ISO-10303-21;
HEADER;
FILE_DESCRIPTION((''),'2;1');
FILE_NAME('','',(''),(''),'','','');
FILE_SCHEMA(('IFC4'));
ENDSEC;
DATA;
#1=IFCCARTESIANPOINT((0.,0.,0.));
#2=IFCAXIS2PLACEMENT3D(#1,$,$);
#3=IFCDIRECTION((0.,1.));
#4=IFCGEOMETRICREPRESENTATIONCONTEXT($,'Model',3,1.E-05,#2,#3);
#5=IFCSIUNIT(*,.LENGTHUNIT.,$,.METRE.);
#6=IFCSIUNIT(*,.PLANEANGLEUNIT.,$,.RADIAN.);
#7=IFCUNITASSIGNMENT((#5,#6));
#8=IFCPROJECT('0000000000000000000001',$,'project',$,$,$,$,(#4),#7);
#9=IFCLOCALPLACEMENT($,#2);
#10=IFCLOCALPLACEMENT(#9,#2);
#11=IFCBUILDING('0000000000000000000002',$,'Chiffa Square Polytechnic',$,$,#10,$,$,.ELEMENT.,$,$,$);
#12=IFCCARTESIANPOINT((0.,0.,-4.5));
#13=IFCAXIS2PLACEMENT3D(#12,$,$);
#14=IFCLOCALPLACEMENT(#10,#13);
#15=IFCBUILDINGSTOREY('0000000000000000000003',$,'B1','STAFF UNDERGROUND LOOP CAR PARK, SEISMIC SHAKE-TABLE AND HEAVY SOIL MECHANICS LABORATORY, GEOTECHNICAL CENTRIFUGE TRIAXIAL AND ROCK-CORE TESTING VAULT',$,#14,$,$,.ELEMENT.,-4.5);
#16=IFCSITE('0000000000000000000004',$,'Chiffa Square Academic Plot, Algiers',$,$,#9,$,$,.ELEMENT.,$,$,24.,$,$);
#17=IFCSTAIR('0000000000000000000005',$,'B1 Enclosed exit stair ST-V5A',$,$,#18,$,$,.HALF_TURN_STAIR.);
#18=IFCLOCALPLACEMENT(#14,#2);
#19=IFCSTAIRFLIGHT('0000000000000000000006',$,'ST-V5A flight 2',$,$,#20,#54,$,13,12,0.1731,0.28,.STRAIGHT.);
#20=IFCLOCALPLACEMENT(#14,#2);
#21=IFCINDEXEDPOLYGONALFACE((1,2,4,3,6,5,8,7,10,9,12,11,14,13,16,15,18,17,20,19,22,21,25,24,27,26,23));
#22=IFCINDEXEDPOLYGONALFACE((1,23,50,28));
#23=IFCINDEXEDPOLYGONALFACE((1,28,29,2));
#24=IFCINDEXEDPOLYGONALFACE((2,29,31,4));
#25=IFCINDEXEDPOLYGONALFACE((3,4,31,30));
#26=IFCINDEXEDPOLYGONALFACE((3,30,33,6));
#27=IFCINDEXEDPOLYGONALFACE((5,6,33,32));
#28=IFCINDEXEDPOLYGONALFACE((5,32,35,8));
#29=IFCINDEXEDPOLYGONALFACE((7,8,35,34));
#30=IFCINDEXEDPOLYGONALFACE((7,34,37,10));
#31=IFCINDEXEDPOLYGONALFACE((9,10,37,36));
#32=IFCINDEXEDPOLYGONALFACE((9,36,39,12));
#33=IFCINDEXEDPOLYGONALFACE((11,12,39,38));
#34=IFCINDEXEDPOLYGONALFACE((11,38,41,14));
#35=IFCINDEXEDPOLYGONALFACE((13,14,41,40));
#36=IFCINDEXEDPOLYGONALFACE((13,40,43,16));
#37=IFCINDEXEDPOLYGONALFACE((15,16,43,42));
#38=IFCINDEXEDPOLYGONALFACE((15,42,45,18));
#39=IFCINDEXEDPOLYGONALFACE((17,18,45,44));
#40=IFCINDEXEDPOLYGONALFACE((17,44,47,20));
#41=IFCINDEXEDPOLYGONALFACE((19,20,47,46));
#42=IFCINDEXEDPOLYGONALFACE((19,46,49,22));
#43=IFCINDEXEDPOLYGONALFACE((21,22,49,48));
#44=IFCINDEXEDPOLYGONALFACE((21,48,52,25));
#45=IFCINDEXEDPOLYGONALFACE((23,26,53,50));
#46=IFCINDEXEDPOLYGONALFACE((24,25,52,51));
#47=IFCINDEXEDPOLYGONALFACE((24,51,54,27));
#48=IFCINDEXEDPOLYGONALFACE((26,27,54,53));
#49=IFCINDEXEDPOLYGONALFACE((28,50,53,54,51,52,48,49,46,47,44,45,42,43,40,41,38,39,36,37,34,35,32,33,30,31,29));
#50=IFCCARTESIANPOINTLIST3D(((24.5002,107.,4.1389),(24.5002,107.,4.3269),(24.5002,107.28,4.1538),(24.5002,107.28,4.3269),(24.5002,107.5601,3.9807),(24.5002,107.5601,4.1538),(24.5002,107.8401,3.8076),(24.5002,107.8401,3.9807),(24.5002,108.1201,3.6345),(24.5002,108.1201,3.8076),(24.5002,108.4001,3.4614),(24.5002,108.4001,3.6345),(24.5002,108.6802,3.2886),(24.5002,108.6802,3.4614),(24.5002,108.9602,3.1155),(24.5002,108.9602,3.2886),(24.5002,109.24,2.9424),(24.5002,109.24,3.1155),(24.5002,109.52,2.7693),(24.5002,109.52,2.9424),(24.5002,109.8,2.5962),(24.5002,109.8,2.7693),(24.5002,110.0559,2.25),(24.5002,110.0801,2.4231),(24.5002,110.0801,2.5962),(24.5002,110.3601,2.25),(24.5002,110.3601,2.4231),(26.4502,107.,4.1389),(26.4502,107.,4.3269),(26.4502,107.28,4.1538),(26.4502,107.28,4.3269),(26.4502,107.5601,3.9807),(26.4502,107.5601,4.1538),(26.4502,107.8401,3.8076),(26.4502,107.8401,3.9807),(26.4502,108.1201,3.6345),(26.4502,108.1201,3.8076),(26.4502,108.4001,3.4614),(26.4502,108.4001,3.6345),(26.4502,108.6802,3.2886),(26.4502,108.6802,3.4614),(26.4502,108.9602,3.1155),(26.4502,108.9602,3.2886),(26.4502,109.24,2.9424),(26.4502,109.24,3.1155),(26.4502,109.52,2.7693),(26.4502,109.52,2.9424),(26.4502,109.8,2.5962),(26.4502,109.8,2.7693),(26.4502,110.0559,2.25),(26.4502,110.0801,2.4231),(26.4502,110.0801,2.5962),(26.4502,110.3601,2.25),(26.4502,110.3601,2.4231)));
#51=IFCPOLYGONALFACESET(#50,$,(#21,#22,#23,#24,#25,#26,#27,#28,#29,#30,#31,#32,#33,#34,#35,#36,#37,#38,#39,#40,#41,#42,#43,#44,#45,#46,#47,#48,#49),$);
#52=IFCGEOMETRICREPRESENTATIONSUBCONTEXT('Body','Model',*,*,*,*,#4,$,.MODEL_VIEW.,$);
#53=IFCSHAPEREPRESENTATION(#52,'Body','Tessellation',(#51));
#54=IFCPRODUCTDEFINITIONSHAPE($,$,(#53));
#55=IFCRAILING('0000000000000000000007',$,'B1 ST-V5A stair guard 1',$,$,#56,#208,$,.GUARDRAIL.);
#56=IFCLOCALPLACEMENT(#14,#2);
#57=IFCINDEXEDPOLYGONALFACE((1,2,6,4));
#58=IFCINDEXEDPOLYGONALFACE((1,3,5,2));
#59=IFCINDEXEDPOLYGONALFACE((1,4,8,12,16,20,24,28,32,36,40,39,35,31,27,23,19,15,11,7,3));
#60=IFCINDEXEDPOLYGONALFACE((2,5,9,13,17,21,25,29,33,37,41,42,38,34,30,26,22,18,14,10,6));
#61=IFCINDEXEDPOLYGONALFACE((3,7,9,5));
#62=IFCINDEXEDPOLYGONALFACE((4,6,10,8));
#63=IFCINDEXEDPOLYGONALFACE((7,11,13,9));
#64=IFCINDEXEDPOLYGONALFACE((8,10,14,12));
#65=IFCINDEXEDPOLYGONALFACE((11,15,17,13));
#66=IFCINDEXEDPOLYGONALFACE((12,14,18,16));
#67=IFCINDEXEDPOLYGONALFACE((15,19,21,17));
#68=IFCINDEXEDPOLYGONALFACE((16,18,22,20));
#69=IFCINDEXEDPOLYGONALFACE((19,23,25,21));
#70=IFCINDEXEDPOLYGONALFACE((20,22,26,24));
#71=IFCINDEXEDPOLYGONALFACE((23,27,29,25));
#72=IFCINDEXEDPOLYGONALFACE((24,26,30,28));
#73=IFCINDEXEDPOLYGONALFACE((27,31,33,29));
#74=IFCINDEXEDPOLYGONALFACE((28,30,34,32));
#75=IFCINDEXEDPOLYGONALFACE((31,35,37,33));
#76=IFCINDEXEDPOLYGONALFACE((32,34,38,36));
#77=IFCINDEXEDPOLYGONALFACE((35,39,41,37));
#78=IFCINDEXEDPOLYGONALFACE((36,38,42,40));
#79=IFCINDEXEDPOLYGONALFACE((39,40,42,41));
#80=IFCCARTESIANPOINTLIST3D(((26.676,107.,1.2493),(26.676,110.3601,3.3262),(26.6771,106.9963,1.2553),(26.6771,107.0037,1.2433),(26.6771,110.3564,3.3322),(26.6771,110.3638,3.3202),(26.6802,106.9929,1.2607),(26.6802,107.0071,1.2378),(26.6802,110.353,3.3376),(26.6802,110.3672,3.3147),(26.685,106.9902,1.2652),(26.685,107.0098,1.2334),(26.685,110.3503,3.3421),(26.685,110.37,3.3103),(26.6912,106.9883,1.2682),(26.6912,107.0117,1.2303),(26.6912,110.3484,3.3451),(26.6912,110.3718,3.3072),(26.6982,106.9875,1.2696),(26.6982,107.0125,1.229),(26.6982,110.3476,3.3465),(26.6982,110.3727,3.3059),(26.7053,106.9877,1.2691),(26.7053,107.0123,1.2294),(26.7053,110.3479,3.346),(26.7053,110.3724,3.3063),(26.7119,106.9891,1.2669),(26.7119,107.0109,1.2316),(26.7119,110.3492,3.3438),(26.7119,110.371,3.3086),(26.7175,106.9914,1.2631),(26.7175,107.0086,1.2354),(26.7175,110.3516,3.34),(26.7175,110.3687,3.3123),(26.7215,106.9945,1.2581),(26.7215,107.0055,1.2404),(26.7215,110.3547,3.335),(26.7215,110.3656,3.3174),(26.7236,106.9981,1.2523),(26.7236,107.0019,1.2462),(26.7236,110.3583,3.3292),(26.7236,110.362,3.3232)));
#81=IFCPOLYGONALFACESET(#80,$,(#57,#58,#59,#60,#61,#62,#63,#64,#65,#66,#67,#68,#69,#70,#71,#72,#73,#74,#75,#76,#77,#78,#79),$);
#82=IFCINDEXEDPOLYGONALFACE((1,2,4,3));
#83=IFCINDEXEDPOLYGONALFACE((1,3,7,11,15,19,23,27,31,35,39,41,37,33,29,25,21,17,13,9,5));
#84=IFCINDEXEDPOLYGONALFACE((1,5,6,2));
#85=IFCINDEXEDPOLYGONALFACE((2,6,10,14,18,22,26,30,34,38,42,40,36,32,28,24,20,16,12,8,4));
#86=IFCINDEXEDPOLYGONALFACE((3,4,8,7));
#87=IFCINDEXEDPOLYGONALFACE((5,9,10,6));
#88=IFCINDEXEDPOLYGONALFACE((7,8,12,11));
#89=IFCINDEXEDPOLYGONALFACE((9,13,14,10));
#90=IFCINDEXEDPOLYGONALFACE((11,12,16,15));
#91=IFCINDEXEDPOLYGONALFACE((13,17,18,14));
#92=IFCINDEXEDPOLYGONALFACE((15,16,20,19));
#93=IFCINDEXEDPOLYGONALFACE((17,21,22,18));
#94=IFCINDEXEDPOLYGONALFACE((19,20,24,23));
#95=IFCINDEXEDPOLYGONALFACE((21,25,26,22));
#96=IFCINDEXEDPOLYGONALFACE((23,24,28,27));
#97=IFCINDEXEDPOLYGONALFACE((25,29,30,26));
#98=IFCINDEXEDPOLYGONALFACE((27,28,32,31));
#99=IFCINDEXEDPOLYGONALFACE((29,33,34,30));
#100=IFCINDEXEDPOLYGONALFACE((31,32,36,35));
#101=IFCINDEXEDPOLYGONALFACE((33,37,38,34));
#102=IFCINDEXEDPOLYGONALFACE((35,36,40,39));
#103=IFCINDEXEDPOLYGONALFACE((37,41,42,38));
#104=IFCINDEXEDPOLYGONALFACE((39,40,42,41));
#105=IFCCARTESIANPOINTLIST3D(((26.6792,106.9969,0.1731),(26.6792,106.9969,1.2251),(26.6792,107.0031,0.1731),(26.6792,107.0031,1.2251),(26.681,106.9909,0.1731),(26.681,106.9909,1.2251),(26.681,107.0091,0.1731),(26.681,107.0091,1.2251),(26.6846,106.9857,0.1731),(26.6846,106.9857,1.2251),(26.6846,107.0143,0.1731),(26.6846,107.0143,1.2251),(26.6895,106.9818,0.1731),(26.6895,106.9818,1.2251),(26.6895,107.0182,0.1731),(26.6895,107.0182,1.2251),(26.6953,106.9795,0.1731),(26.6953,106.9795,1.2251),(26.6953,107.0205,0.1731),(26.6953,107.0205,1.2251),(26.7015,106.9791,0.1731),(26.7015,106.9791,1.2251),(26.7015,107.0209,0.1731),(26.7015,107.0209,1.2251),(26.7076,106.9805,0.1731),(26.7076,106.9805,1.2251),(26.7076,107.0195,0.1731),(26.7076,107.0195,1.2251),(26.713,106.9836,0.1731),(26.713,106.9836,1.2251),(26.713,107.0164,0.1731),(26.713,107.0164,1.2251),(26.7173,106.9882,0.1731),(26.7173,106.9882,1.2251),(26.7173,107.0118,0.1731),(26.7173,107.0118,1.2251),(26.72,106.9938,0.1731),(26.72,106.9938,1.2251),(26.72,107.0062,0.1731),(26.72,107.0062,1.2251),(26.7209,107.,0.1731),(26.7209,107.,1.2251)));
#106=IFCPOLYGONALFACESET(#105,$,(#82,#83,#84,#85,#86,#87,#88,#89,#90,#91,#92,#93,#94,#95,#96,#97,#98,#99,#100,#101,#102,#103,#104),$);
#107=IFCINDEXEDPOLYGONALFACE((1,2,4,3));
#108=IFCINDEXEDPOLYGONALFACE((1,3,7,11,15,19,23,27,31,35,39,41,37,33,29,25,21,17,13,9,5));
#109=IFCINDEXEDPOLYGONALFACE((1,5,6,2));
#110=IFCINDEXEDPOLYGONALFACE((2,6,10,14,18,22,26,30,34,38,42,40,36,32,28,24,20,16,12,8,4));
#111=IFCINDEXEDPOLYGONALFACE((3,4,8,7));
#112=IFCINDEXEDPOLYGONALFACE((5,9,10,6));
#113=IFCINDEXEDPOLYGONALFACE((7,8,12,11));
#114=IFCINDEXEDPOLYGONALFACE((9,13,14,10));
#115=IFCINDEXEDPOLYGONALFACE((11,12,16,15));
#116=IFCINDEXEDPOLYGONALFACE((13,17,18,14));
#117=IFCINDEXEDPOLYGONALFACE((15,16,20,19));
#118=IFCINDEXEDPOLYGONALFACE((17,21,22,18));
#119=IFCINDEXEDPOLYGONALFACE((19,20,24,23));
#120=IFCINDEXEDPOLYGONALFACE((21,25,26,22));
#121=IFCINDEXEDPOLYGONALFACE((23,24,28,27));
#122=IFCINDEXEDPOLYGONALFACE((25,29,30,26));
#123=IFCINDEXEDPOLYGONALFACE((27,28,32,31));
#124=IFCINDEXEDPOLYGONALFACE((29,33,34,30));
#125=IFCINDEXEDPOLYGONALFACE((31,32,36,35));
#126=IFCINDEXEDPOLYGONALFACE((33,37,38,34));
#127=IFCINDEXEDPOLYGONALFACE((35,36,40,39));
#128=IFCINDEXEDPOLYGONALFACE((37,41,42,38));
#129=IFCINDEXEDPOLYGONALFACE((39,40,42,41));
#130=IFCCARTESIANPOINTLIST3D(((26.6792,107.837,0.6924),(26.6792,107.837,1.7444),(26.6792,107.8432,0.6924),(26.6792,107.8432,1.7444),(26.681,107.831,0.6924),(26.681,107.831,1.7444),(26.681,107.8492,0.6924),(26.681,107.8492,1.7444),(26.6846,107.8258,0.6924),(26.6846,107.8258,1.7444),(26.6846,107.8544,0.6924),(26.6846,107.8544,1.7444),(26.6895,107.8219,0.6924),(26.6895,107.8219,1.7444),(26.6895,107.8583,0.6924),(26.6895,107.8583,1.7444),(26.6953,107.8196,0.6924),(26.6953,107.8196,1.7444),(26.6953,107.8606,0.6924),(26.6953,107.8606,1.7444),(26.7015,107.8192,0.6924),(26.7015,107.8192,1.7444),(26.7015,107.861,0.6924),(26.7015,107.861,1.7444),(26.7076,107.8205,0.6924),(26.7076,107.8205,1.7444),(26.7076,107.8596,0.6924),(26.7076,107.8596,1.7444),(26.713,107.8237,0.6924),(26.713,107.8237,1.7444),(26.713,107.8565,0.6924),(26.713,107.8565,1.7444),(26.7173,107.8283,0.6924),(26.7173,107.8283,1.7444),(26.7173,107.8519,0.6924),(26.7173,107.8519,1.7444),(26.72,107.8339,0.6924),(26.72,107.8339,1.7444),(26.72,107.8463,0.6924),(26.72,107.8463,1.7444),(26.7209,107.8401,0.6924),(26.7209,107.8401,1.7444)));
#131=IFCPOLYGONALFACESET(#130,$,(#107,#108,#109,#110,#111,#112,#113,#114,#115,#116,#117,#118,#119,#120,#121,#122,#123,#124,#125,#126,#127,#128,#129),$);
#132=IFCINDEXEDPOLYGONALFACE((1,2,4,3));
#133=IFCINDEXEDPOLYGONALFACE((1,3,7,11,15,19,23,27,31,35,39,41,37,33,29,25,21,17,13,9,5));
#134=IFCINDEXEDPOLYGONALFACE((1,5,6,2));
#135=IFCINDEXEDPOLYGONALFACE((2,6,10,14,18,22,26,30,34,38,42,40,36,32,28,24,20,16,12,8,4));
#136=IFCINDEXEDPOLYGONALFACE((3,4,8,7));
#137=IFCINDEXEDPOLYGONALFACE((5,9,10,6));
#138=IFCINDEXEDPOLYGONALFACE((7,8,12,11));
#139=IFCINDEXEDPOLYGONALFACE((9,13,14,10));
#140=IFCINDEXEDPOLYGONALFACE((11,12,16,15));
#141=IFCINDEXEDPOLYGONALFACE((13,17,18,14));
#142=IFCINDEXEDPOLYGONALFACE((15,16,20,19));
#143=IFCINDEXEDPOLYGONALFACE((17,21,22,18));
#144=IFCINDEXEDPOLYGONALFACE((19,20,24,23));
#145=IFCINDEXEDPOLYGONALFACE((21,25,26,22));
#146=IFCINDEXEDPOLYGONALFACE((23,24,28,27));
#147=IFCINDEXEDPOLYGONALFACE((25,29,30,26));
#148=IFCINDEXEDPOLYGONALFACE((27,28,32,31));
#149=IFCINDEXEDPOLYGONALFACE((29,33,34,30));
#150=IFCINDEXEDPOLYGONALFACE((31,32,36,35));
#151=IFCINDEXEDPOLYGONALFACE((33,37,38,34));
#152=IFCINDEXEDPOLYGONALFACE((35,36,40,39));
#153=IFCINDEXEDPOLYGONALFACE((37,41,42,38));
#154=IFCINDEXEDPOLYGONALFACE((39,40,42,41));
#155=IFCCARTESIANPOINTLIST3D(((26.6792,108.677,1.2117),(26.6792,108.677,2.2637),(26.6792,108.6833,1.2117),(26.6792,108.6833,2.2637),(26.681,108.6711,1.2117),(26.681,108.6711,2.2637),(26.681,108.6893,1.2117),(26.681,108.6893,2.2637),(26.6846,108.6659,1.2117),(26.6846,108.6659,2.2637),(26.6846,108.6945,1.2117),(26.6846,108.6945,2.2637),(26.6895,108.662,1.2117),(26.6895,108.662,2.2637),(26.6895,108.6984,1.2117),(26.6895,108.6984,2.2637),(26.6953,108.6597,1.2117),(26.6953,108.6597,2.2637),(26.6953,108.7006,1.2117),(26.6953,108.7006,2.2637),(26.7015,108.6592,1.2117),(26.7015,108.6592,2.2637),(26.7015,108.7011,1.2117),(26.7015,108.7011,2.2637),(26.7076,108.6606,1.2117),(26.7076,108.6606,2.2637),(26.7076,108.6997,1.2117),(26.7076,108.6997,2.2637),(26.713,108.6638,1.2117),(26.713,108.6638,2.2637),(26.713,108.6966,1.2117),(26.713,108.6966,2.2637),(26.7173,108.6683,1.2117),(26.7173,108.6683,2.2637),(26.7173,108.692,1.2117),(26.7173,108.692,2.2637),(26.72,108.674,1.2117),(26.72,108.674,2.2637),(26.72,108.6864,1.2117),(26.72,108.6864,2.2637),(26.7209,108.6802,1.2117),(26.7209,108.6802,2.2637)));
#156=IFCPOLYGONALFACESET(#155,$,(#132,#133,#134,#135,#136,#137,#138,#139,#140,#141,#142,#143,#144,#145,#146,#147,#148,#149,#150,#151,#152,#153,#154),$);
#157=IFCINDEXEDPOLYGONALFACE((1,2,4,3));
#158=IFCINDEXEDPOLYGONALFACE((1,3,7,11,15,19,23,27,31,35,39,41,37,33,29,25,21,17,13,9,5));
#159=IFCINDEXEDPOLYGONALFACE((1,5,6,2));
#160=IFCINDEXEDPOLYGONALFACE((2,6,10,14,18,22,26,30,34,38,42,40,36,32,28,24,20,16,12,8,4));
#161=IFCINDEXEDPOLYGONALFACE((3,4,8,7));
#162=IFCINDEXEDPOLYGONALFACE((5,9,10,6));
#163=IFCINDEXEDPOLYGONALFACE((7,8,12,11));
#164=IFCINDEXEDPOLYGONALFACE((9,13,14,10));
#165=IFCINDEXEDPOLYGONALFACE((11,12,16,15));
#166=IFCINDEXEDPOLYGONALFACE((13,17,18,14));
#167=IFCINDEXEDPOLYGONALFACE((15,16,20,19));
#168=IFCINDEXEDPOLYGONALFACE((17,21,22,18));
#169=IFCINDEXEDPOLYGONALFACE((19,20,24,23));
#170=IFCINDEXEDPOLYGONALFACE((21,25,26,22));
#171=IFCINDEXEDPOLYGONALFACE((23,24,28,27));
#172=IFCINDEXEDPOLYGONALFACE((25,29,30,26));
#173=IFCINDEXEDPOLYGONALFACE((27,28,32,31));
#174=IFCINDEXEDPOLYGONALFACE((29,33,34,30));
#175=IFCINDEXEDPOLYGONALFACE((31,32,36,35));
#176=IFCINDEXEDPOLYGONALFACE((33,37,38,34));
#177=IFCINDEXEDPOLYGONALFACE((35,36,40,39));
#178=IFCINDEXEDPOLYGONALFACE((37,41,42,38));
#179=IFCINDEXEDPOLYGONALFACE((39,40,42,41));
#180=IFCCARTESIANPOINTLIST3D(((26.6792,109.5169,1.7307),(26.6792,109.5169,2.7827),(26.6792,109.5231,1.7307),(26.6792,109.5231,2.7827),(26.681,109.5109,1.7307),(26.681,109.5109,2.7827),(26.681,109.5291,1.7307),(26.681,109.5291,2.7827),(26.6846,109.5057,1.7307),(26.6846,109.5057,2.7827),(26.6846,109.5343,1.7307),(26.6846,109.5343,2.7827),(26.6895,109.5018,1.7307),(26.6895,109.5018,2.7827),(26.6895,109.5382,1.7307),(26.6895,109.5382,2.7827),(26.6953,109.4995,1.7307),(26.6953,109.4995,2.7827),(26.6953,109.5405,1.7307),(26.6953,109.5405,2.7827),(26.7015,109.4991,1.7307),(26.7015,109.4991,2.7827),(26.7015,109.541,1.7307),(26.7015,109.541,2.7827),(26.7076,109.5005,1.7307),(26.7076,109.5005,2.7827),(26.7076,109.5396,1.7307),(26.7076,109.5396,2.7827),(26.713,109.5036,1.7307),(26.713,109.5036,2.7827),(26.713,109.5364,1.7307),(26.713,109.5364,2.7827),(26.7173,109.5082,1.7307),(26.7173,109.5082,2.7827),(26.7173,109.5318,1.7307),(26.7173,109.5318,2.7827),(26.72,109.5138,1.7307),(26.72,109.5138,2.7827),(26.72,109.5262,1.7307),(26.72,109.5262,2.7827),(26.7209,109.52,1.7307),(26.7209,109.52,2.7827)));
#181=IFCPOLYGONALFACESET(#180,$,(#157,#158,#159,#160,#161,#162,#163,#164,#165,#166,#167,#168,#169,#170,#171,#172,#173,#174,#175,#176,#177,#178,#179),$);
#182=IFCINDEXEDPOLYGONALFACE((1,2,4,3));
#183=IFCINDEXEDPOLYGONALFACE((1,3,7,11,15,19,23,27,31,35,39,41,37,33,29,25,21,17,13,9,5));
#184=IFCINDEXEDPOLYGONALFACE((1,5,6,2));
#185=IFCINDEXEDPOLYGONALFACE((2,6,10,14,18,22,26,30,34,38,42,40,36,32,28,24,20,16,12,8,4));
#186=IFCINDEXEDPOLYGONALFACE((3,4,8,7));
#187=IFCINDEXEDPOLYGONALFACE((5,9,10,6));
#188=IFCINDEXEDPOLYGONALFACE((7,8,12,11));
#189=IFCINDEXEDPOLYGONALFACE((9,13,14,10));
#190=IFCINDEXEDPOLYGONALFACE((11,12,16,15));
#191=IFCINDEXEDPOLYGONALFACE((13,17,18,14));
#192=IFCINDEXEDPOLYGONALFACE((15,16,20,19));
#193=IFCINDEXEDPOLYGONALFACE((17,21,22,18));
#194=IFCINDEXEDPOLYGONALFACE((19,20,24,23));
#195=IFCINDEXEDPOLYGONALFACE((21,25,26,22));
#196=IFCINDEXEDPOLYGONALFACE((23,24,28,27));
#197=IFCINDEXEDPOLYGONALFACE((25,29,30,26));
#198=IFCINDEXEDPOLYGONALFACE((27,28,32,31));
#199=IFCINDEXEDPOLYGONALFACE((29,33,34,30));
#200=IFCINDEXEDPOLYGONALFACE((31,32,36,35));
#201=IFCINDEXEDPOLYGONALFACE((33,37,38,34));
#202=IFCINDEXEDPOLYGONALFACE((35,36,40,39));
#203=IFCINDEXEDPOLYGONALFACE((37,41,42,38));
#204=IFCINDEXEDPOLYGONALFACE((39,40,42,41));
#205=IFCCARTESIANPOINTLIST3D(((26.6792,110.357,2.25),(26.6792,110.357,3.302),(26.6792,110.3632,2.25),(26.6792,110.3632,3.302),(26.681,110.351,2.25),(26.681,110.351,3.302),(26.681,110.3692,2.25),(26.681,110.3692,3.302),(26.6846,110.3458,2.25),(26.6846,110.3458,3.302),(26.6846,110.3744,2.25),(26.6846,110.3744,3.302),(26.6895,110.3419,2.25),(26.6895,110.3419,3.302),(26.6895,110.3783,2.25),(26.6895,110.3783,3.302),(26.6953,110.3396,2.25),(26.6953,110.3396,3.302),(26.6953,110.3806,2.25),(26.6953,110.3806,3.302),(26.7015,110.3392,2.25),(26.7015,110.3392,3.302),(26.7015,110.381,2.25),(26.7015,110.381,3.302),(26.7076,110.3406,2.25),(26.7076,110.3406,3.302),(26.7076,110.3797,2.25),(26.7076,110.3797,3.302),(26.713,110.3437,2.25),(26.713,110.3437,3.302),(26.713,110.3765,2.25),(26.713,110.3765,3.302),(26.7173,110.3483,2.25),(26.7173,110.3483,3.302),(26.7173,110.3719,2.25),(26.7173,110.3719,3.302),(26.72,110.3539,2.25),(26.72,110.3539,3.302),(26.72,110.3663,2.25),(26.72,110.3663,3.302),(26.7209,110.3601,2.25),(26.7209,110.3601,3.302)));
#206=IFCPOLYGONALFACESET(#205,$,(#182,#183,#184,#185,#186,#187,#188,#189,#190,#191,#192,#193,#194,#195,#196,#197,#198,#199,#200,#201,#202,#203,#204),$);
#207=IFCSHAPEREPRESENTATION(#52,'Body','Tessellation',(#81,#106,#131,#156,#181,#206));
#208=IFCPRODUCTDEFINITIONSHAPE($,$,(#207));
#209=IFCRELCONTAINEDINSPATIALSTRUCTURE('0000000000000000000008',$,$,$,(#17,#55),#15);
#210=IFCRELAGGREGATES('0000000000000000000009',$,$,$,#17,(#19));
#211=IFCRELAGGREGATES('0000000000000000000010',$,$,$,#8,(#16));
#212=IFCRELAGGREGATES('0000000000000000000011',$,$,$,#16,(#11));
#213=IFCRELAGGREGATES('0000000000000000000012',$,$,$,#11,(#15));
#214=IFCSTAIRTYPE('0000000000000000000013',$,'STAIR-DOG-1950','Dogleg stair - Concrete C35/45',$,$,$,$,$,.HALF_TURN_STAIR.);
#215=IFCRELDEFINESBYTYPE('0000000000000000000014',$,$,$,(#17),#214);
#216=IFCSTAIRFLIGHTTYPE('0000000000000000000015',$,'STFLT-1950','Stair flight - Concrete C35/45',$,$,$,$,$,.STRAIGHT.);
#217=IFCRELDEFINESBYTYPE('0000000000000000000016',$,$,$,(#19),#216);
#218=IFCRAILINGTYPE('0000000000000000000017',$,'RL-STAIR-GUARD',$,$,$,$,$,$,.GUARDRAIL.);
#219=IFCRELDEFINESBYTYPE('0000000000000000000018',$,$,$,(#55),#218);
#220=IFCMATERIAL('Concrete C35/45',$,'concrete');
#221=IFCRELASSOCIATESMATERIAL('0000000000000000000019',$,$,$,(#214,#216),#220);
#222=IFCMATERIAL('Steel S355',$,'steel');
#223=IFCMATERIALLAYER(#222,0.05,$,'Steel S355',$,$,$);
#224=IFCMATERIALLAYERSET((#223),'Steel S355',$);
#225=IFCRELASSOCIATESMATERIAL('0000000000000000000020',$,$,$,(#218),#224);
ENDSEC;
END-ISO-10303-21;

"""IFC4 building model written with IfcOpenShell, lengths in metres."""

from ifc_helpers import new_model, si_unit, direction, frame, origin, origin_2d, place, context, subcontext, project, spatial, polyline, circle, outline, extrude, material, layer, layer_set, type_object, element, aggregate, save


model = new_model("IFC4")

# Units and contexts
model_context = context("Model", 3, precision=1e-05, world=origin(), true_north=direction((0.0, 1.0)))
body_context = subcontext(model_context, "Body", "Model", "MODEL_VIEW")
ifc_project = project(units=[si_unit("LENGTHUNIT", "METRE"), si_unit("PLANEANGLEUNIT", "RADIAN")], contexts=[model_context])

# Site, building, storey
site_placement = place(None, origin())
site = spatial("IfcSite", under=ifc_project, at=site_placement, Name="Chiffa Square Academic Plot, Algiers", CompositionType="ELEMENT", RefElevation=24.0)
building_placement = place(site_placement, origin())
building = spatial("IfcBuilding", under=site, at=building_placement, Name="Chiffa Square Polytechnic", CompositionType="ELEMENT")
storey_placement = place(building_placement, frame((0.0, 0.0, -4.5)))
storey = spatial("IfcBuildingStorey", under=building, at=storey_placement, Name="B1", Description="STAFF UNDERGROUND LOOP CAR PARK, SEISMIC SHAKE-TABLE AND HEAVY SOIL MECHANICS LABORATORY, GEOTECHNICAL CENTRIFUGE TRIAXIAL AND ROCK-CORE TESTING VAULT", CompositionType="ELEMENT", Elevation=-4.5)

# Shared definitions
ifc_material_1 = material(Name="Concrete C35/45", Category="concrete")

# Stair, stair flight
stair_type = type_object("IfcStairType", Name="STAIR-DOG-1950", Description="Dogleg stair - Concrete C35/45", PredefinedType="HALF_TURN_STAIR", material=ifc_material_1)
stair_placement = place(storey_placement, origin())
stair = element("IfcStair", 1, at=stair_placement, inside=storey, type_object=stair_type, Name="B1 Enclosed exit stair ST-V5A", PredefinedType="HALF_TURN_STAIR")
stair_flight_type = type_object("IfcStairFlightType", Name="STFLT-1950", Description="Stair flight - Concrete C35/45", PredefinedType="STRAIGHT", material=ifc_material_1)
stair_flight_1_placement = place(storey_placement, frame((25.4751, 110.3601, 2.25), z_axis=(0.0, 0.0, 1.0), x_axis=(0.0, -1.0, 0.0)))
stair_flight_1 = element("IfcStairFlight", 2, at=stair_flight_1_placement, type_object=stair_flight_type, Name="ST-V5A flight 2", NumberOfRisers=13, NumberOfTreads=12, PredefinedType="STRAIGHT", RiserHeight=0.1731, TreadLength=0.28, context=body_context, shape_type="SweptSolid", body=[
    extrude(outline(polyline([(0.0, 0.0), (0.0, 0.1731), (0.28, 0.1731), (0.28, 0.3462), (0.5601, 0.3462), (0.5601, 0.5193), (0.8401, 0.5193), (0.8401, 0.6924), (1.1201, 0.6924), (1.1201, 0.8655), (1.3999, 0.8655), (1.3999, 1.0386), (1.6799, 1.0386), (1.6799, 1.2114), (1.96, 1.2114), (1.96, 1.3845), (2.24, 1.3845), (2.24, 1.5576), (2.52, 1.5576), (2.52, 1.7307), (2.8, 1.7307), (2.8, 1.9038), (3.0801, 1.9038), (3.0801, 2.0769), (3.3601, 2.0769), (3.3601, 2.25), (3.3601, 1.8889), (0.3042, 0.0), (0.0, 0.0)])), frame((0.0, 0.9751, 0.0), z_axis=(0.0, -1.0, 0.0), x_axis=(1.0, 0.0, 0.0)), (0.0, 0.0, 1.0), 1.95),
])
aggregate(stair, [stair_flight_1])

# Railing
ifc_material_2 = material(Name="Steel S355", Category="steel")
ifc_layer_1 = layer(ifc_material_2, 0.05, Name="Steel S355")
ifc_layer_set_1 = layer_set([ifc_layer_1], Name="Steel S355")
railing_type_1 = type_object("IfcRailingType", Name="RL-STAIR-GUARD", PredefinedType="GUARDRAIL", material=ifc_layer_set_1)
railing_1_placement = place(storey_placement, frame((26.7, 107.0, 0.1731)))
element("IfcRailing", 3, at=railing_1_placement, inside=storey, type_object=railing_type_1, Name="B1 ST-V5A stair guard 1", PredefinedType="GUARDRAIL", context=body_context, shape_type="SweptSolid", body=[
    extrude(circle(Radius=0.0239, at=origin_2d()), frame((0.0, 0.0, 1.0762), z_axis=(0.0, 0.850623, 0.525776), x_axis=(-1.0, 0.0, 0.0)), (0.0, 0.0, 1.0), 3.9502),
    extrude(circle(Radius=0.021, at=origin_2d()), origin(), (0.0, 0.0, 1.0), 1.052),
    extrude(circle(Radius=0.021, at=origin_2d()), frame((0.0, 0.8401, 0.5193)), (0.0, 0.0, 1.0), 1.052),
    extrude(circle(Radius=0.021, at=origin_2d()), frame((0.0, 1.6802, 1.0386)), (0.0, 0.0, 1.0), 1.052),
    extrude(circle(Radius=0.021, at=origin_2d()), frame((0.0, 2.52, 1.5576)), (0.0, 0.0, 1.0), 1.052),
    extrude(circle(Radius=0.021, at=origin_2d()), frame((0.0, 3.3601, 2.0769)), (0.0, 0.0, 1.0), 1.052),
])

save(model, "model.ifc")
